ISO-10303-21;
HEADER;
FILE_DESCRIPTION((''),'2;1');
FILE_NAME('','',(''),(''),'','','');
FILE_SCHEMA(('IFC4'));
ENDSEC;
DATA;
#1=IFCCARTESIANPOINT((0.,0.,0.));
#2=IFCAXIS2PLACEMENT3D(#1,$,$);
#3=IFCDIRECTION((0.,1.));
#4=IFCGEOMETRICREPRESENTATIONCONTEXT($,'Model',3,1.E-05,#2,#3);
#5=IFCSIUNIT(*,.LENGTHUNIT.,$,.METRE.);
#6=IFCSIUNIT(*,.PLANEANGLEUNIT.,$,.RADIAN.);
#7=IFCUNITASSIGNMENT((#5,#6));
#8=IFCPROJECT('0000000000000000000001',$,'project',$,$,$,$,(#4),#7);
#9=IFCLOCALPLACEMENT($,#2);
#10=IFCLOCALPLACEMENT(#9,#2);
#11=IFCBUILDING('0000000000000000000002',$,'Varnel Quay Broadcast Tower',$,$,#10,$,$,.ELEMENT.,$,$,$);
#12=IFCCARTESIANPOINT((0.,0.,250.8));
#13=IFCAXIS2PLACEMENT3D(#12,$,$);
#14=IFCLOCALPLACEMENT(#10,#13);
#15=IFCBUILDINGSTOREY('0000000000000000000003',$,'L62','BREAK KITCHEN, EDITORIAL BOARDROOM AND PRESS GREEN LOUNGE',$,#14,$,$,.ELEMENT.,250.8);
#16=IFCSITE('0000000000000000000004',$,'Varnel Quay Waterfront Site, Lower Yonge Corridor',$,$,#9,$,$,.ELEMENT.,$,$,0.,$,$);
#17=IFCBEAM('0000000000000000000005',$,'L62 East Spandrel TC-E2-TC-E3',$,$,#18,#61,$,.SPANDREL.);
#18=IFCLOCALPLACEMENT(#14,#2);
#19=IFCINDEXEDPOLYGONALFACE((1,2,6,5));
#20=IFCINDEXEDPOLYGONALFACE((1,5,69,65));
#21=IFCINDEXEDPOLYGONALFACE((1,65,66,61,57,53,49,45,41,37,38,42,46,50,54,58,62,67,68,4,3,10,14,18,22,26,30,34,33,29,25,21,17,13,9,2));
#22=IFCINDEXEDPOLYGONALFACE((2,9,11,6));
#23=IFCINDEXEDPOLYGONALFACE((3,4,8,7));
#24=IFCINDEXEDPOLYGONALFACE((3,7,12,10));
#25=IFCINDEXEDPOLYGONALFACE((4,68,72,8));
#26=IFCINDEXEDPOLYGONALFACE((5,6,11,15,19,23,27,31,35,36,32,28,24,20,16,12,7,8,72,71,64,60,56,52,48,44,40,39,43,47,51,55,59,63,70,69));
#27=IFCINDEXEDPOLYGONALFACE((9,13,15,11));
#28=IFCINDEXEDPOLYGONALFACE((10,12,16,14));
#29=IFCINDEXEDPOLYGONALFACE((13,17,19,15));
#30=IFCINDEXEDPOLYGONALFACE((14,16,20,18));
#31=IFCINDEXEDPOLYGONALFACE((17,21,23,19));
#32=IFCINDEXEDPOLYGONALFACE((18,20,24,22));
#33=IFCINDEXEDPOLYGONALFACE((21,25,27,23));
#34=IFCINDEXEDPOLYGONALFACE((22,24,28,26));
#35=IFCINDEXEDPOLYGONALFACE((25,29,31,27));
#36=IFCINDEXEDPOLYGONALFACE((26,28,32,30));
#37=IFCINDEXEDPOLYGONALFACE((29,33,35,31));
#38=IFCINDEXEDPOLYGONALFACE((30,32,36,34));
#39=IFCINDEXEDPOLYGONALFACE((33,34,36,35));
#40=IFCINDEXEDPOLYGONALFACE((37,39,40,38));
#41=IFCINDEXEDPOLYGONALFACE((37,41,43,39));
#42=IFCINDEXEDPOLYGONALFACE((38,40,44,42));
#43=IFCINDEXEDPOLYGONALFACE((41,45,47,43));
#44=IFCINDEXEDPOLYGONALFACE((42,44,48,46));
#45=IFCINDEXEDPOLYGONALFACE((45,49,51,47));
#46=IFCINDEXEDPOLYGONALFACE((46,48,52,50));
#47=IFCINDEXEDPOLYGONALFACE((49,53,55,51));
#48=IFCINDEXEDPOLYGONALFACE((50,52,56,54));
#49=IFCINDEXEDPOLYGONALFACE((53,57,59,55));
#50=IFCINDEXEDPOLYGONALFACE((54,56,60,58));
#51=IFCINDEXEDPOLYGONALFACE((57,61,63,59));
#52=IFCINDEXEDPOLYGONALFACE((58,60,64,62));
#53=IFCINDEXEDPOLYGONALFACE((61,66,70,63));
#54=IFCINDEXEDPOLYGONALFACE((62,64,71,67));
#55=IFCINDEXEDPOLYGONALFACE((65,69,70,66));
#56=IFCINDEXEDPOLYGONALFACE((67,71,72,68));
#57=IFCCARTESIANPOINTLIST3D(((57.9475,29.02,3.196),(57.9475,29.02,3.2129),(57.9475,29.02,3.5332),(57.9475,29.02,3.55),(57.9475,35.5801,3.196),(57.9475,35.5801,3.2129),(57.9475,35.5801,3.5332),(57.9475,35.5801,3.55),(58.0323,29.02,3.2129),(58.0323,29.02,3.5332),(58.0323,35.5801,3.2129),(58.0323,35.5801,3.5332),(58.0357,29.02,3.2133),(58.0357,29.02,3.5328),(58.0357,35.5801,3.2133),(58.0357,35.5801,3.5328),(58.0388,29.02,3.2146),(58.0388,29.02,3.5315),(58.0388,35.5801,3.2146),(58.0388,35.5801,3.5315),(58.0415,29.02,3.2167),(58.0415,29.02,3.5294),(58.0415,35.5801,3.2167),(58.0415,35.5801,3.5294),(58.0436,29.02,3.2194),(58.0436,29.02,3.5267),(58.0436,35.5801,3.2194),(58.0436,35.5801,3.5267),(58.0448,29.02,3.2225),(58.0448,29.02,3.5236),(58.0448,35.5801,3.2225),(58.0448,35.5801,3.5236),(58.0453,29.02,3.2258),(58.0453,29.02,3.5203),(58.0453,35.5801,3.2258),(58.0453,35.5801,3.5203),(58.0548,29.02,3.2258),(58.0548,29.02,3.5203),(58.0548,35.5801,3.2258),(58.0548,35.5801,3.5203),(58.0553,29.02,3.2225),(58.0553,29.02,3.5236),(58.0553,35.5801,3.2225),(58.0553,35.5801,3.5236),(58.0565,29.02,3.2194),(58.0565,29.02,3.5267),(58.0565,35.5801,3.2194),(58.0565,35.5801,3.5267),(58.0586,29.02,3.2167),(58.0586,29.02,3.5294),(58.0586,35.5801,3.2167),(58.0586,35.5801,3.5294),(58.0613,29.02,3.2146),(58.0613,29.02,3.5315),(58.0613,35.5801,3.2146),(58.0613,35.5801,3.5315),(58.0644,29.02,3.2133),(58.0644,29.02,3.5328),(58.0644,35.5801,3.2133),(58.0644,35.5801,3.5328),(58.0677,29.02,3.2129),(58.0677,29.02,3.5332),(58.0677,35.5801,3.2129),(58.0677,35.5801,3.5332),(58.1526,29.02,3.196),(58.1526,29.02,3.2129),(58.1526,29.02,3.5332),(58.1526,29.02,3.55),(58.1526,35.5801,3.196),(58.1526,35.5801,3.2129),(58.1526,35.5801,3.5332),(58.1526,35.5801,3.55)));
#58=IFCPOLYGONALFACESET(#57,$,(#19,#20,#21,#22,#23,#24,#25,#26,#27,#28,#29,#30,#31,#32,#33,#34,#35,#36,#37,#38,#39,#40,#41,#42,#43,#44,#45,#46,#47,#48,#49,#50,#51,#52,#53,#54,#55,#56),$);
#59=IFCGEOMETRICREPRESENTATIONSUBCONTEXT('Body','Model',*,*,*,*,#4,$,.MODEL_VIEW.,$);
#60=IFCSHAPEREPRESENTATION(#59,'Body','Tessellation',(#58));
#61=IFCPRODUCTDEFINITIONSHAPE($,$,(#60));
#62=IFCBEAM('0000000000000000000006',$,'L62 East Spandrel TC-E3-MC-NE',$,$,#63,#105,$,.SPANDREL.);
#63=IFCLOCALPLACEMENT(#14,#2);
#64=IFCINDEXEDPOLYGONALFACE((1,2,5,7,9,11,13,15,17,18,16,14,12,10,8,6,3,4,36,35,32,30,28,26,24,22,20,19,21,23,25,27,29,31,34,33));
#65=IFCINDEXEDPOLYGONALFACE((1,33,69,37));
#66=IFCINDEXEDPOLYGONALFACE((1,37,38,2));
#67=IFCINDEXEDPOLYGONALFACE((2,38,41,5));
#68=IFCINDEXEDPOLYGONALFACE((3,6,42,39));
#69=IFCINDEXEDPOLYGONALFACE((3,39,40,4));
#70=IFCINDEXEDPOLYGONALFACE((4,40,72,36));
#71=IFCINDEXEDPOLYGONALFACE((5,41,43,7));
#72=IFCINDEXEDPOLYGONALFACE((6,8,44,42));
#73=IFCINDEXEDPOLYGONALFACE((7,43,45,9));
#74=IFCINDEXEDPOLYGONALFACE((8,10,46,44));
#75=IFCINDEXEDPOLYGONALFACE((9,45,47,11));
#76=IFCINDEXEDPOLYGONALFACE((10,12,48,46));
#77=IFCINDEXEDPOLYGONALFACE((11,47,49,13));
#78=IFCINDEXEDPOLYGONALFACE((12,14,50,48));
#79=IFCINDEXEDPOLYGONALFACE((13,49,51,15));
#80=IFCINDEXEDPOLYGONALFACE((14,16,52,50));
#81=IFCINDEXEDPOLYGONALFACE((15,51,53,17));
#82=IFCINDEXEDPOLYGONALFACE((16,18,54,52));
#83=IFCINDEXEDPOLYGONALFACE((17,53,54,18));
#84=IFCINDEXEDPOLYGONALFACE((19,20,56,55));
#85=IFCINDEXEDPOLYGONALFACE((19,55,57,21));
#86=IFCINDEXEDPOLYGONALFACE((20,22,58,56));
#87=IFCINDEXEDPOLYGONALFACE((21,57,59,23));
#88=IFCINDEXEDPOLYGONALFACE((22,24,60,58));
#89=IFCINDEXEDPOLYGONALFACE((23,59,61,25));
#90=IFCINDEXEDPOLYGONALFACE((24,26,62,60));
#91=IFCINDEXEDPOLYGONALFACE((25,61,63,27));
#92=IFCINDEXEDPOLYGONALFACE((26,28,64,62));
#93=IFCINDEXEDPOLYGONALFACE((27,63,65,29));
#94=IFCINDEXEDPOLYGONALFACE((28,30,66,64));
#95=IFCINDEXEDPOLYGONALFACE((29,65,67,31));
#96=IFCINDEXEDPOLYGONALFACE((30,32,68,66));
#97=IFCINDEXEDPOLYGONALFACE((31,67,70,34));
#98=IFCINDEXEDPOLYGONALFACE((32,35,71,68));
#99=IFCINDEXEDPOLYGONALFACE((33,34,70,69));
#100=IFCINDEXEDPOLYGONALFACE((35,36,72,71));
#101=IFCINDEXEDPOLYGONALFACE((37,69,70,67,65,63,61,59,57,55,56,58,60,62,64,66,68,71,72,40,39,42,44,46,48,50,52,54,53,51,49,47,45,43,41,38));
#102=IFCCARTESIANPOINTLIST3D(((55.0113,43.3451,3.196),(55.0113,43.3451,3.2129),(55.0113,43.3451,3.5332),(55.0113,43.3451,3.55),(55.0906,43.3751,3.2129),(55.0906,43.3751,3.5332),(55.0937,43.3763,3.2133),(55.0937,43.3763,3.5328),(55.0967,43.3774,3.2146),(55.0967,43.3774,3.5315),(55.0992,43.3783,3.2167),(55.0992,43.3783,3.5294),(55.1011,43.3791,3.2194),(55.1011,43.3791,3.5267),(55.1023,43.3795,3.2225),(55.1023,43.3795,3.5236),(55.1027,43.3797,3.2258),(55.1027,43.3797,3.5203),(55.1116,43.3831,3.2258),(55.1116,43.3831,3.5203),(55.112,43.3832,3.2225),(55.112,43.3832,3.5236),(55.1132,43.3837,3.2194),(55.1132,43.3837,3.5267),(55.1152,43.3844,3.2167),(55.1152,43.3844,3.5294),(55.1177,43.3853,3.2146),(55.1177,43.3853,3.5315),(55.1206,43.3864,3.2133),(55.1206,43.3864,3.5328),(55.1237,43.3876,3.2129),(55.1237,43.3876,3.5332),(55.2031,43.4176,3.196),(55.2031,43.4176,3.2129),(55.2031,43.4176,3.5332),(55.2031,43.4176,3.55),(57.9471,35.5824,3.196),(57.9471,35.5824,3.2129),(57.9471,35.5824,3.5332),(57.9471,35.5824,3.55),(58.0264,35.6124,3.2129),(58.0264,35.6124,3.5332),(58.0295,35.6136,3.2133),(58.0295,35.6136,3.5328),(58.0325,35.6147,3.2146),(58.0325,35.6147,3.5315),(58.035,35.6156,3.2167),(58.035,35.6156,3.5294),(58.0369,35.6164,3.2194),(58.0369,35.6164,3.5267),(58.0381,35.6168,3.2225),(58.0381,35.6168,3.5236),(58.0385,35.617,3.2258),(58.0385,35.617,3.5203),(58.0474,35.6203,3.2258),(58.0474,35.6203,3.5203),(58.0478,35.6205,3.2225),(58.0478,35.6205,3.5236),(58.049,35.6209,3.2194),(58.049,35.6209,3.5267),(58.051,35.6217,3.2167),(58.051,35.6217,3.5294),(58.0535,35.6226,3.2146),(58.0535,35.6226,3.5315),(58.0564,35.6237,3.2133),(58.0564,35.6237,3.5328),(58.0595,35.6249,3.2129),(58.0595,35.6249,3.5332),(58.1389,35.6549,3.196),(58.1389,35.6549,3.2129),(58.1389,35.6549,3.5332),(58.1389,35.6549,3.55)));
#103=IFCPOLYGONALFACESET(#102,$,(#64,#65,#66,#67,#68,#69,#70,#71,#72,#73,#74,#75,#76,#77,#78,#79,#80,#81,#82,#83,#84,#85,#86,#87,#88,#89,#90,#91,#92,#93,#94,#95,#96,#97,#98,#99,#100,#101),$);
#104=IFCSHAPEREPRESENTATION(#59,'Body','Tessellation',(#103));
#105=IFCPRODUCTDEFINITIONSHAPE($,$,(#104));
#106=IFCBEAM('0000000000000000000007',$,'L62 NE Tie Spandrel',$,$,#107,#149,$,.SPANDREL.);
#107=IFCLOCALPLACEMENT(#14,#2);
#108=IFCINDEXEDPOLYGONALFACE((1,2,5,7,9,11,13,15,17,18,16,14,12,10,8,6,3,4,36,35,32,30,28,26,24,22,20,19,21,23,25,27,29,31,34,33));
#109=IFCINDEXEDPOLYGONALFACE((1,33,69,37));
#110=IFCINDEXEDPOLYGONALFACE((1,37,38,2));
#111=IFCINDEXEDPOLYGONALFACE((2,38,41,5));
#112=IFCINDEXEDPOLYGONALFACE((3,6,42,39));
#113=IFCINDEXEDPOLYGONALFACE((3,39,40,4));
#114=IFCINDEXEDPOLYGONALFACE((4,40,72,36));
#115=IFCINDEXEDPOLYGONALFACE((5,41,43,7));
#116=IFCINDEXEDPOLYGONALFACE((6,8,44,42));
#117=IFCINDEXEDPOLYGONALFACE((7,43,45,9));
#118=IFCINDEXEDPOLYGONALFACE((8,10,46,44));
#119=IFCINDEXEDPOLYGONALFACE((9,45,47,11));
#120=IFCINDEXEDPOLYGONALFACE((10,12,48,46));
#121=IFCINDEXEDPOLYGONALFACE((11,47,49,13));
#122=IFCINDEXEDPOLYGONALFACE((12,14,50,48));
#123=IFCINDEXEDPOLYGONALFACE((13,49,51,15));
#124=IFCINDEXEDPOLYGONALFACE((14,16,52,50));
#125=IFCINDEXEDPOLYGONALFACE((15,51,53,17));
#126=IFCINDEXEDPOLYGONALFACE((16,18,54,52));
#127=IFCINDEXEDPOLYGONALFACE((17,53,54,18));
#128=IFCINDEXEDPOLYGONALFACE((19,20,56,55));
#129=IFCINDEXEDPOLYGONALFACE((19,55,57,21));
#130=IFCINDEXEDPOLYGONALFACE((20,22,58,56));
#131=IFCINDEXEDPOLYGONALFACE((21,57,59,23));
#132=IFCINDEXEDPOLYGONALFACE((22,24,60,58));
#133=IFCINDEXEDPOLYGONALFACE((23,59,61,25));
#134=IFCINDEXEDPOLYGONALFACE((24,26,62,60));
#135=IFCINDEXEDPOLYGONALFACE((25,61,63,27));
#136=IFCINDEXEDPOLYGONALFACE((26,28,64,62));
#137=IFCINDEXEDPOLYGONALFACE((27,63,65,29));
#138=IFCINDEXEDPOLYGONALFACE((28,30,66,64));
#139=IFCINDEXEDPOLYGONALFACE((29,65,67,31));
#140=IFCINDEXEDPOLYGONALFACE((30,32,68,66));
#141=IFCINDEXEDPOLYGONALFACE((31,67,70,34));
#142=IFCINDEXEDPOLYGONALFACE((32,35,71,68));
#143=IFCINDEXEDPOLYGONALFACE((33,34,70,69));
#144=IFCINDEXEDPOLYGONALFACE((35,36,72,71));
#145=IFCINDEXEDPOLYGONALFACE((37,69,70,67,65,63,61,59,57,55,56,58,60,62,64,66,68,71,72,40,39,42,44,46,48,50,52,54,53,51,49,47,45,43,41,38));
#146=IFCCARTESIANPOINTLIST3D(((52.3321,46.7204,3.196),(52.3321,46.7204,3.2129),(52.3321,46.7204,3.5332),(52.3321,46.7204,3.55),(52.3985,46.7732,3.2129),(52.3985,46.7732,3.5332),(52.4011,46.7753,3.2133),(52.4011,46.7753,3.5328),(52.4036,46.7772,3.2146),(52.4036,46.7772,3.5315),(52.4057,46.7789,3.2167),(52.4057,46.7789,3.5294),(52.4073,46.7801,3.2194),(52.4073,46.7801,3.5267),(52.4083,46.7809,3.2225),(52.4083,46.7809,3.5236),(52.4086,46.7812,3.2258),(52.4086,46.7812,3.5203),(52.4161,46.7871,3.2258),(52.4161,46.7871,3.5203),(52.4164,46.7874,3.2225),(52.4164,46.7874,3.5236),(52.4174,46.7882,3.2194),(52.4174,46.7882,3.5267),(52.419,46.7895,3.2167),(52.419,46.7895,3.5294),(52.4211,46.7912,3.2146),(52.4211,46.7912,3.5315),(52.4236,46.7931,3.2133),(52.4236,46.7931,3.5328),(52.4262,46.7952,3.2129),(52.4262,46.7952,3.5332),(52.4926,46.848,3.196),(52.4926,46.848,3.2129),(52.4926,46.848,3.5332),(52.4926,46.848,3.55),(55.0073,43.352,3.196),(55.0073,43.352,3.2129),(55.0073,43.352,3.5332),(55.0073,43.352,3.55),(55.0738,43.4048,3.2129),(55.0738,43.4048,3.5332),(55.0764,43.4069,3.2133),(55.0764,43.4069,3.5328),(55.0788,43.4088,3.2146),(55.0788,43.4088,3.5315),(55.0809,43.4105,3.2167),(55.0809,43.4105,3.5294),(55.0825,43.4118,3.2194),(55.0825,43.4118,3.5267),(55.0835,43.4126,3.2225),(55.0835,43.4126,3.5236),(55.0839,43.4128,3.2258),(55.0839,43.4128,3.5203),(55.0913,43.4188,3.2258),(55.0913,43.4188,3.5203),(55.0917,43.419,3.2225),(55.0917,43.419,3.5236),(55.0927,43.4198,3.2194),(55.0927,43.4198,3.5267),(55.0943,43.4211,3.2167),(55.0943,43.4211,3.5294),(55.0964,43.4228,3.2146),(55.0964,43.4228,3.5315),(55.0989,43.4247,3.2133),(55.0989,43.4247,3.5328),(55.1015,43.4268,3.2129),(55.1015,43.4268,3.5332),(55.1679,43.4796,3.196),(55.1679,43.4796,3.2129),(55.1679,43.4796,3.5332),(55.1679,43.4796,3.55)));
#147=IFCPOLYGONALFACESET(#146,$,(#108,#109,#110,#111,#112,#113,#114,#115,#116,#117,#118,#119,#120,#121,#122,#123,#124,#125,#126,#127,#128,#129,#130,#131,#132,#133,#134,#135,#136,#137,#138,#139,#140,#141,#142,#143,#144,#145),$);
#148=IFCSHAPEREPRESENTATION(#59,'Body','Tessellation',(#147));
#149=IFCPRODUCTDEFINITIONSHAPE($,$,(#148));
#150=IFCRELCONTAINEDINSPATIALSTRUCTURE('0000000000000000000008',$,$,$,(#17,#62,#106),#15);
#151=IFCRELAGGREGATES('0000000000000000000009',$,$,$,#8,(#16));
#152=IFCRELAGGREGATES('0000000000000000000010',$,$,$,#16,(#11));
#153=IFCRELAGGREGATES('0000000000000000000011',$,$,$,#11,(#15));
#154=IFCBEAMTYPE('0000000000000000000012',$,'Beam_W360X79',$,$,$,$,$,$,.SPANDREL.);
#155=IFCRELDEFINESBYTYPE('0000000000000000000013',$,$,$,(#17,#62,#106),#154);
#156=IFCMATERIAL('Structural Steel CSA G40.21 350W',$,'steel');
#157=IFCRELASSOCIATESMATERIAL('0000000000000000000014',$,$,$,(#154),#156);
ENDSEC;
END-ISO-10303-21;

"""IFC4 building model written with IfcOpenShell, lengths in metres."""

from ifc_helpers import new_model, si_unit, direction, frame, origin, origin_2d, place, context, subcontext, project, spatial, i_section, extrude, source, transform, mapped, material, material_profile, profile_set, type_object, type_shapes, element, save


model = new_model("IFC4")

# Units and contexts
model_context = context("Model", 3, precision=1e-05, world=origin(), true_north=direction((0.0, 1.0)))
body_context = subcontext(model_context, "Body", "Model", "MODEL_VIEW")
ifc_project = project(units=[si_unit("LENGTHUNIT", "METRE"), si_unit("PLANEANGLEUNIT", "RADIAN")], contexts=[model_context])

# Site, building, storey
site_placement = place(None, origin())
site = spatial("IfcSite", under=ifc_project, at=site_placement, Name="Varnel Quay Waterfront Site, Lower Yonge Corridor", CompositionType="ELEMENT", RefElevation=0.0)
building_placement = place(site_placement, origin())
building = spatial("IfcBuilding", under=site, at=building_placement, Name="Varnel Quay Broadcast Tower", CompositionType="ELEMENT")
storey_placement = place(building_placement, frame((0.0, 0.0, 250.8)))
storey = spatial("IfcBuildingStorey", under=building, at=storey_placement, Name="L62", Description="BREAK KITCHEN, EDITORIAL BOARDROOM AND PRESS GREEN LOUNGE", CompositionType="ELEMENT", Elevation=250.8)

# Shared definitions
ifc_material_1 = material(Name="Structural Steel CSA G40.21 350W", Category="steel")

# Beams
ifc_material_profile_1 = material_profile(ifc_material_1, i_section(OverallWidth=0.2051, OverallDepth=0.354, WebThickness=0.0095, FlangeThickness=0.0168, FilletRadius=0.0129, at=origin_2d()), Name="W360X79")
ifc_profile_set_1 = profile_set([ifc_material_profile_1], Name="Structural Steel CSA G40.21 350W")
beam_type_1 = type_object("IfcBeamType", Name="Beam_W360X79", PredefinedType="SPANDREL", material=ifc_profile_set_1)
shared_shape_1 = source(origin(), body_context, "Body", "SweptSolid", [
    extrude(i_section(OverallWidth=0.2051, OverallDepth=0.354, WebThickness=0.0095, FlangeThickness=0.0168, FilletRadius=0.0129, at=origin_2d()), origin(), (0.0, 0.0, 1.0), 6.5601),
])
beam_1_placement = place(storey_placement, frame((58.05, 29.02, 3.373), z_axis=(0.0, 1.0, 0.0), x_axis=(-1.0, 0.0, 0.0)))
element("IfcBeam", 1, at=beam_1_placement, inside=storey, type_object=beam_type_1, Name="L62 East Spandrel TC-E2-TC-E3", PredefinedType="SPANDREL", context=body_context, shape_type="MappedRepresentation", body=[
    mapped(shared_shape_1, transform((0.0, 0.0, 0.0), x_axis=(1.0, 0.0, 0.0), y_axis=(0.0, 1.0, 0.0), z_axis=(0.0, 0.0, 1.0), scale=1.0)),
])
shared_shape_2 = source(origin(), body_context, "Body", "SweptSolid", [
    extrude(i_section(OverallWidth=0.2051, OverallDepth=0.354, WebThickness=0.0095, FlangeThickness=0.0168, FilletRadius=0.0129, at=origin_2d()), origin(), (0.0, 0.0, 1.0), 8.2993),
])
beam_2_placement = place(storey_placement, frame((58.043, 35.6187, 3.373), z_axis=(-0.35374, 0.935344, 0.0), x_axis=(-0.935344, -0.35374, 0.0)))
element("IfcBeam", 2, at=beam_2_placement, inside=storey, type_object=beam_type_1, Name="L62 East Spandrel TC-E3-MC-NE", PredefinedType="SPANDREL", context=body_context, shape_type="MappedRepresentation", body=[
    mapped(shared_shape_2, transform((0.0, 0.0, 0.0), x_axis=(1.0, 0.0, 0.0), y_axis=(0.0, 1.0, 0.0), z_axis=(0.0, 0.0, 1.0), scale=1.0)),
])
shared_shape_3 = source(origin(), body_context, "Body", "SweptSolid", [
    extrude(i_section(OverallWidth=0.2051, OverallDepth=0.354, WebThickness=0.0095, FlangeThickness=0.0168, FilletRadius=0.0129, at=origin_2d()), origin(), (0.0, 0.0, 1.0), 4.3015),
])
type_shapes(beam_type_1, [shared_shape_1, shared_shape_2, shared_shape_3])
beam_3_placement = place(storey_placement, frame((52.4124, 46.7842, 3.373), z_axis=(0.621936, -0.783068, 0.0), x_axis=(0.783068, 0.621936, 0.0)))
element("IfcBeam", 3, at=beam_3_placement, inside=storey, type_object=beam_type_1, Name="L62 NE Tie Spandrel", PredefinedType="SPANDREL", context=body_context, shape_type="MappedRepresentation", body=[
    mapped(shared_shape_3, transform((0.0, 0.0, 0.0), x_axis=(1.0, 0.0, 0.0), y_axis=(0.0, 1.0, 0.0), z_axis=(0.0, 0.0, 1.0), scale=1.0)),
])

save(model, "model.ifc")
